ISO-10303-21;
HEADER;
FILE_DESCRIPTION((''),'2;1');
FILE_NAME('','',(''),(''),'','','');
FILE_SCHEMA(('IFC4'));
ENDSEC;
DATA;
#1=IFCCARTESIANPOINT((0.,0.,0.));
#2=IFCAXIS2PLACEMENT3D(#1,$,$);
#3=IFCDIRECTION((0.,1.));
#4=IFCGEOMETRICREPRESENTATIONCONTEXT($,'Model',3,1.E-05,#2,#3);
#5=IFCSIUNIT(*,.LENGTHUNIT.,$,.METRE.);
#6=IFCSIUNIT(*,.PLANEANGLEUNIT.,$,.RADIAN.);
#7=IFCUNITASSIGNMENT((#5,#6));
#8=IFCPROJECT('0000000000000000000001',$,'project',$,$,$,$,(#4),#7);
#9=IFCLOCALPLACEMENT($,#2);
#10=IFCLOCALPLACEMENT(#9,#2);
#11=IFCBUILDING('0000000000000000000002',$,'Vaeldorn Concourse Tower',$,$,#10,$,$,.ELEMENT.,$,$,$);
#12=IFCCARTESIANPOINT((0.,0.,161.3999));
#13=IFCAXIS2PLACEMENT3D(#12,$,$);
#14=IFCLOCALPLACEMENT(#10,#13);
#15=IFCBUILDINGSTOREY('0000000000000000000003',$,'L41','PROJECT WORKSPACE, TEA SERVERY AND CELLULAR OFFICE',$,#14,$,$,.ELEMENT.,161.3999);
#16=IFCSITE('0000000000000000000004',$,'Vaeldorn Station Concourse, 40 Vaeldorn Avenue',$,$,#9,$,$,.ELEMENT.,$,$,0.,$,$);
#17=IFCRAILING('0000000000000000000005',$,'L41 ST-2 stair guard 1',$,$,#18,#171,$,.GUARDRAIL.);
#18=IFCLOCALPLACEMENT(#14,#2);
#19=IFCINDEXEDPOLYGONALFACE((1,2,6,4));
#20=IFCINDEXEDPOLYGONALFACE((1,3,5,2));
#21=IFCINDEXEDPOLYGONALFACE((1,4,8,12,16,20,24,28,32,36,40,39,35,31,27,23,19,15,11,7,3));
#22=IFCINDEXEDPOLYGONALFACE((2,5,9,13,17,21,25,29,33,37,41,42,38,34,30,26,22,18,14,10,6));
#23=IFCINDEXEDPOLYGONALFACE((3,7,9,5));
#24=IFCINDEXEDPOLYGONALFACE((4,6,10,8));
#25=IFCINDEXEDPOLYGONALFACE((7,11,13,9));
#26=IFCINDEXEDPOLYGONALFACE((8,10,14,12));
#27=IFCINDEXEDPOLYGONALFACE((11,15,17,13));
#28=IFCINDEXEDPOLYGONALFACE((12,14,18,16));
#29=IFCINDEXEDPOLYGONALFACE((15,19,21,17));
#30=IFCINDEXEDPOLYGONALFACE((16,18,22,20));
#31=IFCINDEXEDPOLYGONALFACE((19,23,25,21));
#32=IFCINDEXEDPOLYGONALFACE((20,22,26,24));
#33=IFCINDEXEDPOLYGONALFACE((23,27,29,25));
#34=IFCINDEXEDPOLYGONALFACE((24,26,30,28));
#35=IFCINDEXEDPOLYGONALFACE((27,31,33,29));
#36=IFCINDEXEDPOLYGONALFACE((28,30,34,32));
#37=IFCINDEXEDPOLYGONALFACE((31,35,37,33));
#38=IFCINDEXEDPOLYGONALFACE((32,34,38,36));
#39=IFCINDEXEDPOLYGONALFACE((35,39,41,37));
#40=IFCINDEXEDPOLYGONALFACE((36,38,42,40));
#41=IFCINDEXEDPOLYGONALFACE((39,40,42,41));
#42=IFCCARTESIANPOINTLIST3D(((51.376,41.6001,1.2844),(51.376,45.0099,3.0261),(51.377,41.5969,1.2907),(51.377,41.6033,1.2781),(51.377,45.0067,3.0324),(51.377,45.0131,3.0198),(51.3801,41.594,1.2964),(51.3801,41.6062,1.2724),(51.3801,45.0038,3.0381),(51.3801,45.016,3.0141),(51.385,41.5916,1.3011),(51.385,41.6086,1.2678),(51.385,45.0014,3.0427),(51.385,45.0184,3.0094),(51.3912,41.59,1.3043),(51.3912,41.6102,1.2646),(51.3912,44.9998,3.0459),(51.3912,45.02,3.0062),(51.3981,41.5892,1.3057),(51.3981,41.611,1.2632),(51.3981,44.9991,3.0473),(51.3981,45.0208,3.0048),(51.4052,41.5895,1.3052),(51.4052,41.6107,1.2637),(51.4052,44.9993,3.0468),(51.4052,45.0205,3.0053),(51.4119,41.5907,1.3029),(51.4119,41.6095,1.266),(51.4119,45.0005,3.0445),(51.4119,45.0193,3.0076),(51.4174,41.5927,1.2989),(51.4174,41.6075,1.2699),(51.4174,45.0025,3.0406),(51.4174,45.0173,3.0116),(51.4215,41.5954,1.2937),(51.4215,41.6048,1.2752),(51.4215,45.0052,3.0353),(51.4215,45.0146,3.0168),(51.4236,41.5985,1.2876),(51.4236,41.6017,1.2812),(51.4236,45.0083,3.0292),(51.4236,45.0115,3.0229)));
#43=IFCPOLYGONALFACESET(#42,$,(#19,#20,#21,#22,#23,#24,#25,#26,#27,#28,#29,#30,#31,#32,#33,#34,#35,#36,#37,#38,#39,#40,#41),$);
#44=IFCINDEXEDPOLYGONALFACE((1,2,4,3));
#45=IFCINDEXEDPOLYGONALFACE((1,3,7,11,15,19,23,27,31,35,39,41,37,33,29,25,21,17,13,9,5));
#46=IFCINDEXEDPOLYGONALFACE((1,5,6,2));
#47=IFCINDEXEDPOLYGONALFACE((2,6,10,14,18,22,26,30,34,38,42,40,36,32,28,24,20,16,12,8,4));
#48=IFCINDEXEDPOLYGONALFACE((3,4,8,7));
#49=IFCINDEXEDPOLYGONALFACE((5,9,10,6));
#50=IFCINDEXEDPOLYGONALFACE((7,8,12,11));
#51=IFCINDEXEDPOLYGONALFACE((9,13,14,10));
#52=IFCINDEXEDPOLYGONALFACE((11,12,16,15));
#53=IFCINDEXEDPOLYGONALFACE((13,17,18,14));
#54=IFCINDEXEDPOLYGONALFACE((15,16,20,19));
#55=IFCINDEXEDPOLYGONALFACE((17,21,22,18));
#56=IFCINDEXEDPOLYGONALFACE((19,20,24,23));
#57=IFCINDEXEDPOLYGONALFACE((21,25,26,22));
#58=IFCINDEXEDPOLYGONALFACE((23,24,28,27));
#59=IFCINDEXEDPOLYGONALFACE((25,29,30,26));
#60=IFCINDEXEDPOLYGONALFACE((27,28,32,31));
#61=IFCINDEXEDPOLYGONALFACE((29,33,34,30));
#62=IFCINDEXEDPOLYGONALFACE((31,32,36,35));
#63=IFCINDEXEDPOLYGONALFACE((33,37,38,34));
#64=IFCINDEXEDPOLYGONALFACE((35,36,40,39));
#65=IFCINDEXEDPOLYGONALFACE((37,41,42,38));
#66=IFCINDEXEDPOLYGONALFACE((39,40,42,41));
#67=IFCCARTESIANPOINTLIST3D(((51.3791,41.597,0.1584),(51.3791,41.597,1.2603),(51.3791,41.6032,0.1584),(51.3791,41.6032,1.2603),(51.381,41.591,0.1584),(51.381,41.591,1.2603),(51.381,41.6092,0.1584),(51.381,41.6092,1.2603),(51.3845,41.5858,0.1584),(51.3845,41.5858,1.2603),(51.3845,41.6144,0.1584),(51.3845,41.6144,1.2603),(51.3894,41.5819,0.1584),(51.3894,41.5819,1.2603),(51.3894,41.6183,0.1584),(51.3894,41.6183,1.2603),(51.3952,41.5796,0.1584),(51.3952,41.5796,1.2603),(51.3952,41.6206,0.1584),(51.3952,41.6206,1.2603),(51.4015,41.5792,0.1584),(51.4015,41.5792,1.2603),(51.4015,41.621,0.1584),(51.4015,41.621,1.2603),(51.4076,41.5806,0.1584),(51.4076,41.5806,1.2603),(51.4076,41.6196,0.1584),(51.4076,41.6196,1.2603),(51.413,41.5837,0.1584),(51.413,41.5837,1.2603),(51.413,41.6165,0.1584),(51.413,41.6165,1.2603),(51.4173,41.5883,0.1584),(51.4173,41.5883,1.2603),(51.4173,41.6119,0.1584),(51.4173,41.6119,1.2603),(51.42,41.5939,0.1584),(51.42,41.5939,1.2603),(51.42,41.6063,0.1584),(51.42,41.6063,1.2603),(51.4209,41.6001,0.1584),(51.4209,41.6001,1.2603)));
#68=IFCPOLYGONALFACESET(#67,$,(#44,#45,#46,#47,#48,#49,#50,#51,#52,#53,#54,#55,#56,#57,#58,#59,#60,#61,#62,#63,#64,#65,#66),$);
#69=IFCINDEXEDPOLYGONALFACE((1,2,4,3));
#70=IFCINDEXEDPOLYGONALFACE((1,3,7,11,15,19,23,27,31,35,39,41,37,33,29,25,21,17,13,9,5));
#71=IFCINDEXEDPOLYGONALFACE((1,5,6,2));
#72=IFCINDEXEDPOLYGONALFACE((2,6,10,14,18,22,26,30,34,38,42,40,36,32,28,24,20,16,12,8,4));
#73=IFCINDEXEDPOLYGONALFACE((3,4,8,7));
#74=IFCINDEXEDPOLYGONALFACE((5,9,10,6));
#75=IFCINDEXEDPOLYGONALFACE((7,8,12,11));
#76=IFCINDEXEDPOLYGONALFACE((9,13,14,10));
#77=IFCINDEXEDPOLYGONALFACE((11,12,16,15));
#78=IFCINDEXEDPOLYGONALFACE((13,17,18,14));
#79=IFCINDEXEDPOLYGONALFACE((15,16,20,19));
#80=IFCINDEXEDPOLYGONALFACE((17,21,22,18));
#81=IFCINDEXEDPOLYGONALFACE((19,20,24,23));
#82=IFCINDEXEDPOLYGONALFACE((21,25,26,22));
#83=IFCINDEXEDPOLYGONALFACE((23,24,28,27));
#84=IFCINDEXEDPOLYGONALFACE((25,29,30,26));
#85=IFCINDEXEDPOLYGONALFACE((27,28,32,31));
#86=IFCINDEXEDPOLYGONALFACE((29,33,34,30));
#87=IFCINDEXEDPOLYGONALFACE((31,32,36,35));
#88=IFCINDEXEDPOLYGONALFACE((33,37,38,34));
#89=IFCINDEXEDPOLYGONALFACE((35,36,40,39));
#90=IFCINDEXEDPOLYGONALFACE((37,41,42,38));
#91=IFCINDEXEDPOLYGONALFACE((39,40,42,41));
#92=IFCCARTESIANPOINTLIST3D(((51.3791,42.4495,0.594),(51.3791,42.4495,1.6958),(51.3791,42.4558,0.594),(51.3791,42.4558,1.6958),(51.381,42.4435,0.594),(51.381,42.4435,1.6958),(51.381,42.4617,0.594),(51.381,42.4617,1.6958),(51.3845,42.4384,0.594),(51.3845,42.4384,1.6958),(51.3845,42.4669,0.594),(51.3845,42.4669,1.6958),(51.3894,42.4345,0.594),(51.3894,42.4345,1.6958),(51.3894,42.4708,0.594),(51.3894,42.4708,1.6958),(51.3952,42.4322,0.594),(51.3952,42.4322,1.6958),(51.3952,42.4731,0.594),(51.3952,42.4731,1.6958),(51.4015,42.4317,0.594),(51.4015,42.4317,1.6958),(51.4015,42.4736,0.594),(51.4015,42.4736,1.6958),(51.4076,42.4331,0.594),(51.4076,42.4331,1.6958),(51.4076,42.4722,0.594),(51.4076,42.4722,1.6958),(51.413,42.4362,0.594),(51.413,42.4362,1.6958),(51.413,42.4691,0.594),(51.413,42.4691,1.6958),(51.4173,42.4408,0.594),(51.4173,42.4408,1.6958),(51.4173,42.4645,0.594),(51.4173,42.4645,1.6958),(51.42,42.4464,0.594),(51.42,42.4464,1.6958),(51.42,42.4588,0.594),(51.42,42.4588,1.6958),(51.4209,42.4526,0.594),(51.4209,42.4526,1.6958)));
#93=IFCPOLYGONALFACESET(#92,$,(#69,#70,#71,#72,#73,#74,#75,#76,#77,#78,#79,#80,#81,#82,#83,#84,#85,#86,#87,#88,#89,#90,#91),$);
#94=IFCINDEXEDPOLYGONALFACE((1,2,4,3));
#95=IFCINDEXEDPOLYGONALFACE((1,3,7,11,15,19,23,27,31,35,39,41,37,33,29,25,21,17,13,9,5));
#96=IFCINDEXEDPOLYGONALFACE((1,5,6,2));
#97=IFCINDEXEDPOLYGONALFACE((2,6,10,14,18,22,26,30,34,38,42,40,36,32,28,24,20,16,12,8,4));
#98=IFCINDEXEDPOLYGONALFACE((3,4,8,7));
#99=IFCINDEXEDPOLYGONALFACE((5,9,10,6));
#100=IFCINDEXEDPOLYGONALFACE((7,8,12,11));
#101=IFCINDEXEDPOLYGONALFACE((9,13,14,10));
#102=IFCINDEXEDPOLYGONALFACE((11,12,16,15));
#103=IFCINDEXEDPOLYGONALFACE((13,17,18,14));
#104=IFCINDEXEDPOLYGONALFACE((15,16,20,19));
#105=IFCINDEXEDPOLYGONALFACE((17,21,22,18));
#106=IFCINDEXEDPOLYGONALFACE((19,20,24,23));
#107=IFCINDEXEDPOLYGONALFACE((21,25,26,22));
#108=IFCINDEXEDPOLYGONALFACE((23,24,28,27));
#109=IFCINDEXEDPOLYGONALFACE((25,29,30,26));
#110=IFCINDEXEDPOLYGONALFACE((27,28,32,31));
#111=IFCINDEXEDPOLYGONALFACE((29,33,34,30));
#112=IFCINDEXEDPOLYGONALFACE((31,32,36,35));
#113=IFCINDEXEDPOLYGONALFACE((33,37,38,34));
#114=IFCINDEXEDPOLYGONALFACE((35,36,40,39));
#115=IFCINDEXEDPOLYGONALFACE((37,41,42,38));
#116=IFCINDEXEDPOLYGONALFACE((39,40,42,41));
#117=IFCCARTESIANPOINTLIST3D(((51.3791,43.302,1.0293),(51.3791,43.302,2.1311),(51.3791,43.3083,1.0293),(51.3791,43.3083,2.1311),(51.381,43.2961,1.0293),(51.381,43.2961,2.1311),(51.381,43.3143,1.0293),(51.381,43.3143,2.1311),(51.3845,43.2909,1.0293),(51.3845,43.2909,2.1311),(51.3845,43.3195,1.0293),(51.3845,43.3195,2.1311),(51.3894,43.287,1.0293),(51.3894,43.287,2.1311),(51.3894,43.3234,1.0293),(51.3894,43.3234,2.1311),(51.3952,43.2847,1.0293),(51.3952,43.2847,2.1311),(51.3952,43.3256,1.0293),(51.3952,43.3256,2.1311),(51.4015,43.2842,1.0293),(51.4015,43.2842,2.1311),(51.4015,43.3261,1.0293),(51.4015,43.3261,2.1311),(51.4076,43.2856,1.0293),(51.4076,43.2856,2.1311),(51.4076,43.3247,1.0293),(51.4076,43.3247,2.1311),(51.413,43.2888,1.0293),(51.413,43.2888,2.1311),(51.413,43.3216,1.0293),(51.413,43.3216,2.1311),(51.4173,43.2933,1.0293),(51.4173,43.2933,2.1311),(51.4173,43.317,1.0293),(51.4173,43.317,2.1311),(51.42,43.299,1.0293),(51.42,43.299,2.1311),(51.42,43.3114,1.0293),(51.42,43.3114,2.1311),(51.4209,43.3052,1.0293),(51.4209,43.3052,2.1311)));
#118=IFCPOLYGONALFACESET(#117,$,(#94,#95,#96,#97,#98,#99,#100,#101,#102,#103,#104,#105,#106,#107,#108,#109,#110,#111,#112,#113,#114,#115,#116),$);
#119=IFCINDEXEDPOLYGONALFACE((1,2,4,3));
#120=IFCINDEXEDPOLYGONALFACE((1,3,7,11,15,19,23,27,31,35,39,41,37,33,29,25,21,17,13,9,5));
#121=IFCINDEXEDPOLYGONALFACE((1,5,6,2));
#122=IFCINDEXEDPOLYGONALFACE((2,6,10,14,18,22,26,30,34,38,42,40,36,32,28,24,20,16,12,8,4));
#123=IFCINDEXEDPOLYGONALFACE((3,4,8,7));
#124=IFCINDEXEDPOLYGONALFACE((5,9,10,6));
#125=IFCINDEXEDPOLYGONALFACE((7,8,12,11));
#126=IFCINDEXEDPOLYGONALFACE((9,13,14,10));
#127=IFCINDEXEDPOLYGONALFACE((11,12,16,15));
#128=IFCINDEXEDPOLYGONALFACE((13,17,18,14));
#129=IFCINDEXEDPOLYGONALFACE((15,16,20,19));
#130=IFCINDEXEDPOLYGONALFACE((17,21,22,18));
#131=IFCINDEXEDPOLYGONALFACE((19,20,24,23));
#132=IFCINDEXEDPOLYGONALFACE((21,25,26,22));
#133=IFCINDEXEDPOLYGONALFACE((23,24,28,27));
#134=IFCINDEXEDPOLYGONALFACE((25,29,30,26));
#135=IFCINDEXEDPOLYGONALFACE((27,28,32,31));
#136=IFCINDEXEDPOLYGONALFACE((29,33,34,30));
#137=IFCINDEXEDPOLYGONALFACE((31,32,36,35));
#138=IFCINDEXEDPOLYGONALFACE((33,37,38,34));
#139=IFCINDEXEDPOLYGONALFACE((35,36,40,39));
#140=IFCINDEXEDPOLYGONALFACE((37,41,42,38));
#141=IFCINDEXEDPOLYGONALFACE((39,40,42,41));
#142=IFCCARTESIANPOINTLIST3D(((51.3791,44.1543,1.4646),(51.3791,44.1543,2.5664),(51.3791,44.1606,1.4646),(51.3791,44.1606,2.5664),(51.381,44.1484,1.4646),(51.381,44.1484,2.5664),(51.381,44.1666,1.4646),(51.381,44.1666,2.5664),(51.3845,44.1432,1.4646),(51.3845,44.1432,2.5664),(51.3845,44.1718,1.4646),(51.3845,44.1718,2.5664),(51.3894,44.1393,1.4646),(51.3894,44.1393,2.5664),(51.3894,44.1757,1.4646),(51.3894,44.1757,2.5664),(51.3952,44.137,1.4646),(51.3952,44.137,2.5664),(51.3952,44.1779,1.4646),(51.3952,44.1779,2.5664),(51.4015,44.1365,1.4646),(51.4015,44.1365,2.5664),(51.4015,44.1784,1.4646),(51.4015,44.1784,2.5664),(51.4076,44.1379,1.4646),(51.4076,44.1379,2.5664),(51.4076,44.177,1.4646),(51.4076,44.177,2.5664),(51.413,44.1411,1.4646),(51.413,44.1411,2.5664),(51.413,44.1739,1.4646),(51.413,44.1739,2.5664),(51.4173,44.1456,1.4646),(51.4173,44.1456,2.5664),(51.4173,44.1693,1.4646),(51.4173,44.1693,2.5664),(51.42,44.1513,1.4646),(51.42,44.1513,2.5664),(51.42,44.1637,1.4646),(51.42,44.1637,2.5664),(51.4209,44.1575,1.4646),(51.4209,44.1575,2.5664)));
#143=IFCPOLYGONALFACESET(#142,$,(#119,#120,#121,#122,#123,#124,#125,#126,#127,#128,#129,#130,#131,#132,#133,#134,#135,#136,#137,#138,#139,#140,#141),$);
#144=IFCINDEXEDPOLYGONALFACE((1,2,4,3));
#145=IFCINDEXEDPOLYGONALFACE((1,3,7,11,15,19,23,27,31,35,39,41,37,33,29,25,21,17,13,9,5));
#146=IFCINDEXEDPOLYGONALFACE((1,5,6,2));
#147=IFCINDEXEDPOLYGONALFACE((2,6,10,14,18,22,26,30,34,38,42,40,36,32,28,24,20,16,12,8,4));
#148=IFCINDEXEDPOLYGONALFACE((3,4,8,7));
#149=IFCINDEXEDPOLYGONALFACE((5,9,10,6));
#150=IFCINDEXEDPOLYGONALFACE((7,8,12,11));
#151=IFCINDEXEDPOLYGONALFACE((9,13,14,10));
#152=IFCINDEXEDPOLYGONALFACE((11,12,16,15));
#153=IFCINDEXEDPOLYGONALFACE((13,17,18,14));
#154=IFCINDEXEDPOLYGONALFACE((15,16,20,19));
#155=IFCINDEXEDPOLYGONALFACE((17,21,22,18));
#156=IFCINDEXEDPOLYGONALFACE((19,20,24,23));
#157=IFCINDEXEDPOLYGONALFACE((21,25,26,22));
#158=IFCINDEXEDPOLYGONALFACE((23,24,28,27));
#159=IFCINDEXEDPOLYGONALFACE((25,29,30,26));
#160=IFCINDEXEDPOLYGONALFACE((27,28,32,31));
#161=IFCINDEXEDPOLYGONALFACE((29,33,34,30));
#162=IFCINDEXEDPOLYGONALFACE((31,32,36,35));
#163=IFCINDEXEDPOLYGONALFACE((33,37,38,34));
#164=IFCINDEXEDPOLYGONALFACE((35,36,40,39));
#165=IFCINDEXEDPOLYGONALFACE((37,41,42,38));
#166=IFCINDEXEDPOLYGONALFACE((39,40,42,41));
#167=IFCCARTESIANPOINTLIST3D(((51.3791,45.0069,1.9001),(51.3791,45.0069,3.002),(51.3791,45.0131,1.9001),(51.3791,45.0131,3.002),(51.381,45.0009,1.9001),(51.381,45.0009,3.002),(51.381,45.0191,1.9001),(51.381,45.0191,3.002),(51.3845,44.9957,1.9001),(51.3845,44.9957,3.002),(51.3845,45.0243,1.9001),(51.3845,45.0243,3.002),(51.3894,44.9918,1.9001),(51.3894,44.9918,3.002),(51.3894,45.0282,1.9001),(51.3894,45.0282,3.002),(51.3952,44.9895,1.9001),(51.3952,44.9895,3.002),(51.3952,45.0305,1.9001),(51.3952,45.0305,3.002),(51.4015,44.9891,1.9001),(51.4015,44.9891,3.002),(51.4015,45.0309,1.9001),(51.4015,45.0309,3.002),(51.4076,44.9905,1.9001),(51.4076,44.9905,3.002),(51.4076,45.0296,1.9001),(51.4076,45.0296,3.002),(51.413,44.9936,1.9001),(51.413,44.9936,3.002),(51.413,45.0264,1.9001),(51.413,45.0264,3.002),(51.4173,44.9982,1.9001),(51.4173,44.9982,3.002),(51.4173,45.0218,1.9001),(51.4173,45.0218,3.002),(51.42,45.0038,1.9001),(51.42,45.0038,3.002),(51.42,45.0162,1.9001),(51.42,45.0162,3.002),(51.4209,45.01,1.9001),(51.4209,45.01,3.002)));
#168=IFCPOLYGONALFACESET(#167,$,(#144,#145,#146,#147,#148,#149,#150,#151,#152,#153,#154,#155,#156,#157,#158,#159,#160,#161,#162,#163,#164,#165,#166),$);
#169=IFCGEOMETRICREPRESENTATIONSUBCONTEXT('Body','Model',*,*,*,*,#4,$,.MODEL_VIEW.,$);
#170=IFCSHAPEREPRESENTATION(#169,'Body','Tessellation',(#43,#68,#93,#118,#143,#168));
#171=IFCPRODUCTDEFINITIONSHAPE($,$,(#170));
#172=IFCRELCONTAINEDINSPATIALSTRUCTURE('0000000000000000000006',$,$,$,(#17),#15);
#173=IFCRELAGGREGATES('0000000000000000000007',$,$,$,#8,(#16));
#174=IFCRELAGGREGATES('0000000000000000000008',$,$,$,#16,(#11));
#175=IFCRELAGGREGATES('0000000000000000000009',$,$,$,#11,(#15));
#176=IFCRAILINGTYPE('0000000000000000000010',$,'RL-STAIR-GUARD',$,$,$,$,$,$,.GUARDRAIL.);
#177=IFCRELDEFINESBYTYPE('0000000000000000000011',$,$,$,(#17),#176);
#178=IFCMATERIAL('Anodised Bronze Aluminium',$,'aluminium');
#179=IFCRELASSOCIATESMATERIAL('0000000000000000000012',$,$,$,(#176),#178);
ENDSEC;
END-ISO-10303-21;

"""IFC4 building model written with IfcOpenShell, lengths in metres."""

from ifc_helpers import new_model, si_unit, direction, frame, origin, origin_2d, place, context, subcontext, project, spatial, circle, extrude, material, type_object, element, save


model = new_model("IFC4")

# Units and contexts
model_context = context("Model", 3, precision=1e-05, world=origin(), true_north=direction((0.0, 1.0)))
body_context = subcontext(model_context, "Body", "Model", "MODEL_VIEW")
ifc_project = project(units=[si_unit("LENGTHUNIT", "METRE"), si_unit("PLANEANGLEUNIT", "RADIAN")], contexts=[model_context])

# Site, building, storey
site_placement = place(None, origin())
site = spatial("IfcSite", under=ifc_project, at=site_placement, Name="Vaeldorn Station Concourse, 40 Vaeldorn Avenue", CompositionType="ELEMENT", RefElevation=0.0)
building_placement = place(site_placement, origin())
building = spatial("IfcBuilding", under=site, at=building_placement, Name="Vaeldorn Concourse Tower", CompositionType="ELEMENT")
storey_placement = place(building_placement, frame((0.0, 0.0, 161.3999)))
storey = spatial("IfcBuildingStorey", under=building, at=storey_placement, Name="L41", Description="PROJECT WORKSPACE, TEA SERVERY AND CELLULAR OFFICE", CompositionType="ELEMENT", Elevation=161.3999)

# Shared definitions
ifc_material_1 = material(Name="Anodised Bronze Aluminium", Category="aluminium")

# Railing
railing_type_1 = type_object("IfcRailingType", Name="RL-STAIR-GUARD", PredefinedType="GUARDRAIL", material=ifc_material_1)
railing_1_placement = place(storey_placement, frame((51.3999, 41.6001, 0.1584)))
element("IfcRailing", 1, at=railing_1_placement, inside=storey, type_object=railing_type_1, Name="L41 ST-2 stair guard 1", PredefinedType="GUARDRAIL", context=body_context, shape_type="SweptSolid", body=[
    extrude(circle(Radius=0.0239, at=origin_2d()), frame((0.0, 0.0, 1.126), z_axis=(0.0, 0.890556, 0.454874), x_axis=(-1.0, 0.0, 0.0)), (0.0, 0.0, 1.0), 3.8289),
    extrude(circle(Radius=0.021, at=origin_2d()), origin(), (0.0, 0.0, 1.0), 1.1018),
    extrude(circle(Radius=0.021, at=origin_2d()), frame((0.0, 0.8525, 0.4355)), (0.0, 0.0, 1.0), 1.1018),
    extrude(circle(Radius=0.021, at=origin_2d()), frame((0.0, 1.7051, 0.8708)), (0.0, 0.0, 1.0), 1.1018),
    extrude(circle(Radius=0.021, at=origin_2d()), frame((0.0, 2.5574, 1.3062)), (0.0, 0.0, 1.0), 1.1018),
    extrude(circle(Radius=0.021, at=origin_2d()), frame((0.0, 3.4099, 1.7417)), (0.0, 0.0, 1.0), 1.1018),
])

save(model, "model.ifc")
